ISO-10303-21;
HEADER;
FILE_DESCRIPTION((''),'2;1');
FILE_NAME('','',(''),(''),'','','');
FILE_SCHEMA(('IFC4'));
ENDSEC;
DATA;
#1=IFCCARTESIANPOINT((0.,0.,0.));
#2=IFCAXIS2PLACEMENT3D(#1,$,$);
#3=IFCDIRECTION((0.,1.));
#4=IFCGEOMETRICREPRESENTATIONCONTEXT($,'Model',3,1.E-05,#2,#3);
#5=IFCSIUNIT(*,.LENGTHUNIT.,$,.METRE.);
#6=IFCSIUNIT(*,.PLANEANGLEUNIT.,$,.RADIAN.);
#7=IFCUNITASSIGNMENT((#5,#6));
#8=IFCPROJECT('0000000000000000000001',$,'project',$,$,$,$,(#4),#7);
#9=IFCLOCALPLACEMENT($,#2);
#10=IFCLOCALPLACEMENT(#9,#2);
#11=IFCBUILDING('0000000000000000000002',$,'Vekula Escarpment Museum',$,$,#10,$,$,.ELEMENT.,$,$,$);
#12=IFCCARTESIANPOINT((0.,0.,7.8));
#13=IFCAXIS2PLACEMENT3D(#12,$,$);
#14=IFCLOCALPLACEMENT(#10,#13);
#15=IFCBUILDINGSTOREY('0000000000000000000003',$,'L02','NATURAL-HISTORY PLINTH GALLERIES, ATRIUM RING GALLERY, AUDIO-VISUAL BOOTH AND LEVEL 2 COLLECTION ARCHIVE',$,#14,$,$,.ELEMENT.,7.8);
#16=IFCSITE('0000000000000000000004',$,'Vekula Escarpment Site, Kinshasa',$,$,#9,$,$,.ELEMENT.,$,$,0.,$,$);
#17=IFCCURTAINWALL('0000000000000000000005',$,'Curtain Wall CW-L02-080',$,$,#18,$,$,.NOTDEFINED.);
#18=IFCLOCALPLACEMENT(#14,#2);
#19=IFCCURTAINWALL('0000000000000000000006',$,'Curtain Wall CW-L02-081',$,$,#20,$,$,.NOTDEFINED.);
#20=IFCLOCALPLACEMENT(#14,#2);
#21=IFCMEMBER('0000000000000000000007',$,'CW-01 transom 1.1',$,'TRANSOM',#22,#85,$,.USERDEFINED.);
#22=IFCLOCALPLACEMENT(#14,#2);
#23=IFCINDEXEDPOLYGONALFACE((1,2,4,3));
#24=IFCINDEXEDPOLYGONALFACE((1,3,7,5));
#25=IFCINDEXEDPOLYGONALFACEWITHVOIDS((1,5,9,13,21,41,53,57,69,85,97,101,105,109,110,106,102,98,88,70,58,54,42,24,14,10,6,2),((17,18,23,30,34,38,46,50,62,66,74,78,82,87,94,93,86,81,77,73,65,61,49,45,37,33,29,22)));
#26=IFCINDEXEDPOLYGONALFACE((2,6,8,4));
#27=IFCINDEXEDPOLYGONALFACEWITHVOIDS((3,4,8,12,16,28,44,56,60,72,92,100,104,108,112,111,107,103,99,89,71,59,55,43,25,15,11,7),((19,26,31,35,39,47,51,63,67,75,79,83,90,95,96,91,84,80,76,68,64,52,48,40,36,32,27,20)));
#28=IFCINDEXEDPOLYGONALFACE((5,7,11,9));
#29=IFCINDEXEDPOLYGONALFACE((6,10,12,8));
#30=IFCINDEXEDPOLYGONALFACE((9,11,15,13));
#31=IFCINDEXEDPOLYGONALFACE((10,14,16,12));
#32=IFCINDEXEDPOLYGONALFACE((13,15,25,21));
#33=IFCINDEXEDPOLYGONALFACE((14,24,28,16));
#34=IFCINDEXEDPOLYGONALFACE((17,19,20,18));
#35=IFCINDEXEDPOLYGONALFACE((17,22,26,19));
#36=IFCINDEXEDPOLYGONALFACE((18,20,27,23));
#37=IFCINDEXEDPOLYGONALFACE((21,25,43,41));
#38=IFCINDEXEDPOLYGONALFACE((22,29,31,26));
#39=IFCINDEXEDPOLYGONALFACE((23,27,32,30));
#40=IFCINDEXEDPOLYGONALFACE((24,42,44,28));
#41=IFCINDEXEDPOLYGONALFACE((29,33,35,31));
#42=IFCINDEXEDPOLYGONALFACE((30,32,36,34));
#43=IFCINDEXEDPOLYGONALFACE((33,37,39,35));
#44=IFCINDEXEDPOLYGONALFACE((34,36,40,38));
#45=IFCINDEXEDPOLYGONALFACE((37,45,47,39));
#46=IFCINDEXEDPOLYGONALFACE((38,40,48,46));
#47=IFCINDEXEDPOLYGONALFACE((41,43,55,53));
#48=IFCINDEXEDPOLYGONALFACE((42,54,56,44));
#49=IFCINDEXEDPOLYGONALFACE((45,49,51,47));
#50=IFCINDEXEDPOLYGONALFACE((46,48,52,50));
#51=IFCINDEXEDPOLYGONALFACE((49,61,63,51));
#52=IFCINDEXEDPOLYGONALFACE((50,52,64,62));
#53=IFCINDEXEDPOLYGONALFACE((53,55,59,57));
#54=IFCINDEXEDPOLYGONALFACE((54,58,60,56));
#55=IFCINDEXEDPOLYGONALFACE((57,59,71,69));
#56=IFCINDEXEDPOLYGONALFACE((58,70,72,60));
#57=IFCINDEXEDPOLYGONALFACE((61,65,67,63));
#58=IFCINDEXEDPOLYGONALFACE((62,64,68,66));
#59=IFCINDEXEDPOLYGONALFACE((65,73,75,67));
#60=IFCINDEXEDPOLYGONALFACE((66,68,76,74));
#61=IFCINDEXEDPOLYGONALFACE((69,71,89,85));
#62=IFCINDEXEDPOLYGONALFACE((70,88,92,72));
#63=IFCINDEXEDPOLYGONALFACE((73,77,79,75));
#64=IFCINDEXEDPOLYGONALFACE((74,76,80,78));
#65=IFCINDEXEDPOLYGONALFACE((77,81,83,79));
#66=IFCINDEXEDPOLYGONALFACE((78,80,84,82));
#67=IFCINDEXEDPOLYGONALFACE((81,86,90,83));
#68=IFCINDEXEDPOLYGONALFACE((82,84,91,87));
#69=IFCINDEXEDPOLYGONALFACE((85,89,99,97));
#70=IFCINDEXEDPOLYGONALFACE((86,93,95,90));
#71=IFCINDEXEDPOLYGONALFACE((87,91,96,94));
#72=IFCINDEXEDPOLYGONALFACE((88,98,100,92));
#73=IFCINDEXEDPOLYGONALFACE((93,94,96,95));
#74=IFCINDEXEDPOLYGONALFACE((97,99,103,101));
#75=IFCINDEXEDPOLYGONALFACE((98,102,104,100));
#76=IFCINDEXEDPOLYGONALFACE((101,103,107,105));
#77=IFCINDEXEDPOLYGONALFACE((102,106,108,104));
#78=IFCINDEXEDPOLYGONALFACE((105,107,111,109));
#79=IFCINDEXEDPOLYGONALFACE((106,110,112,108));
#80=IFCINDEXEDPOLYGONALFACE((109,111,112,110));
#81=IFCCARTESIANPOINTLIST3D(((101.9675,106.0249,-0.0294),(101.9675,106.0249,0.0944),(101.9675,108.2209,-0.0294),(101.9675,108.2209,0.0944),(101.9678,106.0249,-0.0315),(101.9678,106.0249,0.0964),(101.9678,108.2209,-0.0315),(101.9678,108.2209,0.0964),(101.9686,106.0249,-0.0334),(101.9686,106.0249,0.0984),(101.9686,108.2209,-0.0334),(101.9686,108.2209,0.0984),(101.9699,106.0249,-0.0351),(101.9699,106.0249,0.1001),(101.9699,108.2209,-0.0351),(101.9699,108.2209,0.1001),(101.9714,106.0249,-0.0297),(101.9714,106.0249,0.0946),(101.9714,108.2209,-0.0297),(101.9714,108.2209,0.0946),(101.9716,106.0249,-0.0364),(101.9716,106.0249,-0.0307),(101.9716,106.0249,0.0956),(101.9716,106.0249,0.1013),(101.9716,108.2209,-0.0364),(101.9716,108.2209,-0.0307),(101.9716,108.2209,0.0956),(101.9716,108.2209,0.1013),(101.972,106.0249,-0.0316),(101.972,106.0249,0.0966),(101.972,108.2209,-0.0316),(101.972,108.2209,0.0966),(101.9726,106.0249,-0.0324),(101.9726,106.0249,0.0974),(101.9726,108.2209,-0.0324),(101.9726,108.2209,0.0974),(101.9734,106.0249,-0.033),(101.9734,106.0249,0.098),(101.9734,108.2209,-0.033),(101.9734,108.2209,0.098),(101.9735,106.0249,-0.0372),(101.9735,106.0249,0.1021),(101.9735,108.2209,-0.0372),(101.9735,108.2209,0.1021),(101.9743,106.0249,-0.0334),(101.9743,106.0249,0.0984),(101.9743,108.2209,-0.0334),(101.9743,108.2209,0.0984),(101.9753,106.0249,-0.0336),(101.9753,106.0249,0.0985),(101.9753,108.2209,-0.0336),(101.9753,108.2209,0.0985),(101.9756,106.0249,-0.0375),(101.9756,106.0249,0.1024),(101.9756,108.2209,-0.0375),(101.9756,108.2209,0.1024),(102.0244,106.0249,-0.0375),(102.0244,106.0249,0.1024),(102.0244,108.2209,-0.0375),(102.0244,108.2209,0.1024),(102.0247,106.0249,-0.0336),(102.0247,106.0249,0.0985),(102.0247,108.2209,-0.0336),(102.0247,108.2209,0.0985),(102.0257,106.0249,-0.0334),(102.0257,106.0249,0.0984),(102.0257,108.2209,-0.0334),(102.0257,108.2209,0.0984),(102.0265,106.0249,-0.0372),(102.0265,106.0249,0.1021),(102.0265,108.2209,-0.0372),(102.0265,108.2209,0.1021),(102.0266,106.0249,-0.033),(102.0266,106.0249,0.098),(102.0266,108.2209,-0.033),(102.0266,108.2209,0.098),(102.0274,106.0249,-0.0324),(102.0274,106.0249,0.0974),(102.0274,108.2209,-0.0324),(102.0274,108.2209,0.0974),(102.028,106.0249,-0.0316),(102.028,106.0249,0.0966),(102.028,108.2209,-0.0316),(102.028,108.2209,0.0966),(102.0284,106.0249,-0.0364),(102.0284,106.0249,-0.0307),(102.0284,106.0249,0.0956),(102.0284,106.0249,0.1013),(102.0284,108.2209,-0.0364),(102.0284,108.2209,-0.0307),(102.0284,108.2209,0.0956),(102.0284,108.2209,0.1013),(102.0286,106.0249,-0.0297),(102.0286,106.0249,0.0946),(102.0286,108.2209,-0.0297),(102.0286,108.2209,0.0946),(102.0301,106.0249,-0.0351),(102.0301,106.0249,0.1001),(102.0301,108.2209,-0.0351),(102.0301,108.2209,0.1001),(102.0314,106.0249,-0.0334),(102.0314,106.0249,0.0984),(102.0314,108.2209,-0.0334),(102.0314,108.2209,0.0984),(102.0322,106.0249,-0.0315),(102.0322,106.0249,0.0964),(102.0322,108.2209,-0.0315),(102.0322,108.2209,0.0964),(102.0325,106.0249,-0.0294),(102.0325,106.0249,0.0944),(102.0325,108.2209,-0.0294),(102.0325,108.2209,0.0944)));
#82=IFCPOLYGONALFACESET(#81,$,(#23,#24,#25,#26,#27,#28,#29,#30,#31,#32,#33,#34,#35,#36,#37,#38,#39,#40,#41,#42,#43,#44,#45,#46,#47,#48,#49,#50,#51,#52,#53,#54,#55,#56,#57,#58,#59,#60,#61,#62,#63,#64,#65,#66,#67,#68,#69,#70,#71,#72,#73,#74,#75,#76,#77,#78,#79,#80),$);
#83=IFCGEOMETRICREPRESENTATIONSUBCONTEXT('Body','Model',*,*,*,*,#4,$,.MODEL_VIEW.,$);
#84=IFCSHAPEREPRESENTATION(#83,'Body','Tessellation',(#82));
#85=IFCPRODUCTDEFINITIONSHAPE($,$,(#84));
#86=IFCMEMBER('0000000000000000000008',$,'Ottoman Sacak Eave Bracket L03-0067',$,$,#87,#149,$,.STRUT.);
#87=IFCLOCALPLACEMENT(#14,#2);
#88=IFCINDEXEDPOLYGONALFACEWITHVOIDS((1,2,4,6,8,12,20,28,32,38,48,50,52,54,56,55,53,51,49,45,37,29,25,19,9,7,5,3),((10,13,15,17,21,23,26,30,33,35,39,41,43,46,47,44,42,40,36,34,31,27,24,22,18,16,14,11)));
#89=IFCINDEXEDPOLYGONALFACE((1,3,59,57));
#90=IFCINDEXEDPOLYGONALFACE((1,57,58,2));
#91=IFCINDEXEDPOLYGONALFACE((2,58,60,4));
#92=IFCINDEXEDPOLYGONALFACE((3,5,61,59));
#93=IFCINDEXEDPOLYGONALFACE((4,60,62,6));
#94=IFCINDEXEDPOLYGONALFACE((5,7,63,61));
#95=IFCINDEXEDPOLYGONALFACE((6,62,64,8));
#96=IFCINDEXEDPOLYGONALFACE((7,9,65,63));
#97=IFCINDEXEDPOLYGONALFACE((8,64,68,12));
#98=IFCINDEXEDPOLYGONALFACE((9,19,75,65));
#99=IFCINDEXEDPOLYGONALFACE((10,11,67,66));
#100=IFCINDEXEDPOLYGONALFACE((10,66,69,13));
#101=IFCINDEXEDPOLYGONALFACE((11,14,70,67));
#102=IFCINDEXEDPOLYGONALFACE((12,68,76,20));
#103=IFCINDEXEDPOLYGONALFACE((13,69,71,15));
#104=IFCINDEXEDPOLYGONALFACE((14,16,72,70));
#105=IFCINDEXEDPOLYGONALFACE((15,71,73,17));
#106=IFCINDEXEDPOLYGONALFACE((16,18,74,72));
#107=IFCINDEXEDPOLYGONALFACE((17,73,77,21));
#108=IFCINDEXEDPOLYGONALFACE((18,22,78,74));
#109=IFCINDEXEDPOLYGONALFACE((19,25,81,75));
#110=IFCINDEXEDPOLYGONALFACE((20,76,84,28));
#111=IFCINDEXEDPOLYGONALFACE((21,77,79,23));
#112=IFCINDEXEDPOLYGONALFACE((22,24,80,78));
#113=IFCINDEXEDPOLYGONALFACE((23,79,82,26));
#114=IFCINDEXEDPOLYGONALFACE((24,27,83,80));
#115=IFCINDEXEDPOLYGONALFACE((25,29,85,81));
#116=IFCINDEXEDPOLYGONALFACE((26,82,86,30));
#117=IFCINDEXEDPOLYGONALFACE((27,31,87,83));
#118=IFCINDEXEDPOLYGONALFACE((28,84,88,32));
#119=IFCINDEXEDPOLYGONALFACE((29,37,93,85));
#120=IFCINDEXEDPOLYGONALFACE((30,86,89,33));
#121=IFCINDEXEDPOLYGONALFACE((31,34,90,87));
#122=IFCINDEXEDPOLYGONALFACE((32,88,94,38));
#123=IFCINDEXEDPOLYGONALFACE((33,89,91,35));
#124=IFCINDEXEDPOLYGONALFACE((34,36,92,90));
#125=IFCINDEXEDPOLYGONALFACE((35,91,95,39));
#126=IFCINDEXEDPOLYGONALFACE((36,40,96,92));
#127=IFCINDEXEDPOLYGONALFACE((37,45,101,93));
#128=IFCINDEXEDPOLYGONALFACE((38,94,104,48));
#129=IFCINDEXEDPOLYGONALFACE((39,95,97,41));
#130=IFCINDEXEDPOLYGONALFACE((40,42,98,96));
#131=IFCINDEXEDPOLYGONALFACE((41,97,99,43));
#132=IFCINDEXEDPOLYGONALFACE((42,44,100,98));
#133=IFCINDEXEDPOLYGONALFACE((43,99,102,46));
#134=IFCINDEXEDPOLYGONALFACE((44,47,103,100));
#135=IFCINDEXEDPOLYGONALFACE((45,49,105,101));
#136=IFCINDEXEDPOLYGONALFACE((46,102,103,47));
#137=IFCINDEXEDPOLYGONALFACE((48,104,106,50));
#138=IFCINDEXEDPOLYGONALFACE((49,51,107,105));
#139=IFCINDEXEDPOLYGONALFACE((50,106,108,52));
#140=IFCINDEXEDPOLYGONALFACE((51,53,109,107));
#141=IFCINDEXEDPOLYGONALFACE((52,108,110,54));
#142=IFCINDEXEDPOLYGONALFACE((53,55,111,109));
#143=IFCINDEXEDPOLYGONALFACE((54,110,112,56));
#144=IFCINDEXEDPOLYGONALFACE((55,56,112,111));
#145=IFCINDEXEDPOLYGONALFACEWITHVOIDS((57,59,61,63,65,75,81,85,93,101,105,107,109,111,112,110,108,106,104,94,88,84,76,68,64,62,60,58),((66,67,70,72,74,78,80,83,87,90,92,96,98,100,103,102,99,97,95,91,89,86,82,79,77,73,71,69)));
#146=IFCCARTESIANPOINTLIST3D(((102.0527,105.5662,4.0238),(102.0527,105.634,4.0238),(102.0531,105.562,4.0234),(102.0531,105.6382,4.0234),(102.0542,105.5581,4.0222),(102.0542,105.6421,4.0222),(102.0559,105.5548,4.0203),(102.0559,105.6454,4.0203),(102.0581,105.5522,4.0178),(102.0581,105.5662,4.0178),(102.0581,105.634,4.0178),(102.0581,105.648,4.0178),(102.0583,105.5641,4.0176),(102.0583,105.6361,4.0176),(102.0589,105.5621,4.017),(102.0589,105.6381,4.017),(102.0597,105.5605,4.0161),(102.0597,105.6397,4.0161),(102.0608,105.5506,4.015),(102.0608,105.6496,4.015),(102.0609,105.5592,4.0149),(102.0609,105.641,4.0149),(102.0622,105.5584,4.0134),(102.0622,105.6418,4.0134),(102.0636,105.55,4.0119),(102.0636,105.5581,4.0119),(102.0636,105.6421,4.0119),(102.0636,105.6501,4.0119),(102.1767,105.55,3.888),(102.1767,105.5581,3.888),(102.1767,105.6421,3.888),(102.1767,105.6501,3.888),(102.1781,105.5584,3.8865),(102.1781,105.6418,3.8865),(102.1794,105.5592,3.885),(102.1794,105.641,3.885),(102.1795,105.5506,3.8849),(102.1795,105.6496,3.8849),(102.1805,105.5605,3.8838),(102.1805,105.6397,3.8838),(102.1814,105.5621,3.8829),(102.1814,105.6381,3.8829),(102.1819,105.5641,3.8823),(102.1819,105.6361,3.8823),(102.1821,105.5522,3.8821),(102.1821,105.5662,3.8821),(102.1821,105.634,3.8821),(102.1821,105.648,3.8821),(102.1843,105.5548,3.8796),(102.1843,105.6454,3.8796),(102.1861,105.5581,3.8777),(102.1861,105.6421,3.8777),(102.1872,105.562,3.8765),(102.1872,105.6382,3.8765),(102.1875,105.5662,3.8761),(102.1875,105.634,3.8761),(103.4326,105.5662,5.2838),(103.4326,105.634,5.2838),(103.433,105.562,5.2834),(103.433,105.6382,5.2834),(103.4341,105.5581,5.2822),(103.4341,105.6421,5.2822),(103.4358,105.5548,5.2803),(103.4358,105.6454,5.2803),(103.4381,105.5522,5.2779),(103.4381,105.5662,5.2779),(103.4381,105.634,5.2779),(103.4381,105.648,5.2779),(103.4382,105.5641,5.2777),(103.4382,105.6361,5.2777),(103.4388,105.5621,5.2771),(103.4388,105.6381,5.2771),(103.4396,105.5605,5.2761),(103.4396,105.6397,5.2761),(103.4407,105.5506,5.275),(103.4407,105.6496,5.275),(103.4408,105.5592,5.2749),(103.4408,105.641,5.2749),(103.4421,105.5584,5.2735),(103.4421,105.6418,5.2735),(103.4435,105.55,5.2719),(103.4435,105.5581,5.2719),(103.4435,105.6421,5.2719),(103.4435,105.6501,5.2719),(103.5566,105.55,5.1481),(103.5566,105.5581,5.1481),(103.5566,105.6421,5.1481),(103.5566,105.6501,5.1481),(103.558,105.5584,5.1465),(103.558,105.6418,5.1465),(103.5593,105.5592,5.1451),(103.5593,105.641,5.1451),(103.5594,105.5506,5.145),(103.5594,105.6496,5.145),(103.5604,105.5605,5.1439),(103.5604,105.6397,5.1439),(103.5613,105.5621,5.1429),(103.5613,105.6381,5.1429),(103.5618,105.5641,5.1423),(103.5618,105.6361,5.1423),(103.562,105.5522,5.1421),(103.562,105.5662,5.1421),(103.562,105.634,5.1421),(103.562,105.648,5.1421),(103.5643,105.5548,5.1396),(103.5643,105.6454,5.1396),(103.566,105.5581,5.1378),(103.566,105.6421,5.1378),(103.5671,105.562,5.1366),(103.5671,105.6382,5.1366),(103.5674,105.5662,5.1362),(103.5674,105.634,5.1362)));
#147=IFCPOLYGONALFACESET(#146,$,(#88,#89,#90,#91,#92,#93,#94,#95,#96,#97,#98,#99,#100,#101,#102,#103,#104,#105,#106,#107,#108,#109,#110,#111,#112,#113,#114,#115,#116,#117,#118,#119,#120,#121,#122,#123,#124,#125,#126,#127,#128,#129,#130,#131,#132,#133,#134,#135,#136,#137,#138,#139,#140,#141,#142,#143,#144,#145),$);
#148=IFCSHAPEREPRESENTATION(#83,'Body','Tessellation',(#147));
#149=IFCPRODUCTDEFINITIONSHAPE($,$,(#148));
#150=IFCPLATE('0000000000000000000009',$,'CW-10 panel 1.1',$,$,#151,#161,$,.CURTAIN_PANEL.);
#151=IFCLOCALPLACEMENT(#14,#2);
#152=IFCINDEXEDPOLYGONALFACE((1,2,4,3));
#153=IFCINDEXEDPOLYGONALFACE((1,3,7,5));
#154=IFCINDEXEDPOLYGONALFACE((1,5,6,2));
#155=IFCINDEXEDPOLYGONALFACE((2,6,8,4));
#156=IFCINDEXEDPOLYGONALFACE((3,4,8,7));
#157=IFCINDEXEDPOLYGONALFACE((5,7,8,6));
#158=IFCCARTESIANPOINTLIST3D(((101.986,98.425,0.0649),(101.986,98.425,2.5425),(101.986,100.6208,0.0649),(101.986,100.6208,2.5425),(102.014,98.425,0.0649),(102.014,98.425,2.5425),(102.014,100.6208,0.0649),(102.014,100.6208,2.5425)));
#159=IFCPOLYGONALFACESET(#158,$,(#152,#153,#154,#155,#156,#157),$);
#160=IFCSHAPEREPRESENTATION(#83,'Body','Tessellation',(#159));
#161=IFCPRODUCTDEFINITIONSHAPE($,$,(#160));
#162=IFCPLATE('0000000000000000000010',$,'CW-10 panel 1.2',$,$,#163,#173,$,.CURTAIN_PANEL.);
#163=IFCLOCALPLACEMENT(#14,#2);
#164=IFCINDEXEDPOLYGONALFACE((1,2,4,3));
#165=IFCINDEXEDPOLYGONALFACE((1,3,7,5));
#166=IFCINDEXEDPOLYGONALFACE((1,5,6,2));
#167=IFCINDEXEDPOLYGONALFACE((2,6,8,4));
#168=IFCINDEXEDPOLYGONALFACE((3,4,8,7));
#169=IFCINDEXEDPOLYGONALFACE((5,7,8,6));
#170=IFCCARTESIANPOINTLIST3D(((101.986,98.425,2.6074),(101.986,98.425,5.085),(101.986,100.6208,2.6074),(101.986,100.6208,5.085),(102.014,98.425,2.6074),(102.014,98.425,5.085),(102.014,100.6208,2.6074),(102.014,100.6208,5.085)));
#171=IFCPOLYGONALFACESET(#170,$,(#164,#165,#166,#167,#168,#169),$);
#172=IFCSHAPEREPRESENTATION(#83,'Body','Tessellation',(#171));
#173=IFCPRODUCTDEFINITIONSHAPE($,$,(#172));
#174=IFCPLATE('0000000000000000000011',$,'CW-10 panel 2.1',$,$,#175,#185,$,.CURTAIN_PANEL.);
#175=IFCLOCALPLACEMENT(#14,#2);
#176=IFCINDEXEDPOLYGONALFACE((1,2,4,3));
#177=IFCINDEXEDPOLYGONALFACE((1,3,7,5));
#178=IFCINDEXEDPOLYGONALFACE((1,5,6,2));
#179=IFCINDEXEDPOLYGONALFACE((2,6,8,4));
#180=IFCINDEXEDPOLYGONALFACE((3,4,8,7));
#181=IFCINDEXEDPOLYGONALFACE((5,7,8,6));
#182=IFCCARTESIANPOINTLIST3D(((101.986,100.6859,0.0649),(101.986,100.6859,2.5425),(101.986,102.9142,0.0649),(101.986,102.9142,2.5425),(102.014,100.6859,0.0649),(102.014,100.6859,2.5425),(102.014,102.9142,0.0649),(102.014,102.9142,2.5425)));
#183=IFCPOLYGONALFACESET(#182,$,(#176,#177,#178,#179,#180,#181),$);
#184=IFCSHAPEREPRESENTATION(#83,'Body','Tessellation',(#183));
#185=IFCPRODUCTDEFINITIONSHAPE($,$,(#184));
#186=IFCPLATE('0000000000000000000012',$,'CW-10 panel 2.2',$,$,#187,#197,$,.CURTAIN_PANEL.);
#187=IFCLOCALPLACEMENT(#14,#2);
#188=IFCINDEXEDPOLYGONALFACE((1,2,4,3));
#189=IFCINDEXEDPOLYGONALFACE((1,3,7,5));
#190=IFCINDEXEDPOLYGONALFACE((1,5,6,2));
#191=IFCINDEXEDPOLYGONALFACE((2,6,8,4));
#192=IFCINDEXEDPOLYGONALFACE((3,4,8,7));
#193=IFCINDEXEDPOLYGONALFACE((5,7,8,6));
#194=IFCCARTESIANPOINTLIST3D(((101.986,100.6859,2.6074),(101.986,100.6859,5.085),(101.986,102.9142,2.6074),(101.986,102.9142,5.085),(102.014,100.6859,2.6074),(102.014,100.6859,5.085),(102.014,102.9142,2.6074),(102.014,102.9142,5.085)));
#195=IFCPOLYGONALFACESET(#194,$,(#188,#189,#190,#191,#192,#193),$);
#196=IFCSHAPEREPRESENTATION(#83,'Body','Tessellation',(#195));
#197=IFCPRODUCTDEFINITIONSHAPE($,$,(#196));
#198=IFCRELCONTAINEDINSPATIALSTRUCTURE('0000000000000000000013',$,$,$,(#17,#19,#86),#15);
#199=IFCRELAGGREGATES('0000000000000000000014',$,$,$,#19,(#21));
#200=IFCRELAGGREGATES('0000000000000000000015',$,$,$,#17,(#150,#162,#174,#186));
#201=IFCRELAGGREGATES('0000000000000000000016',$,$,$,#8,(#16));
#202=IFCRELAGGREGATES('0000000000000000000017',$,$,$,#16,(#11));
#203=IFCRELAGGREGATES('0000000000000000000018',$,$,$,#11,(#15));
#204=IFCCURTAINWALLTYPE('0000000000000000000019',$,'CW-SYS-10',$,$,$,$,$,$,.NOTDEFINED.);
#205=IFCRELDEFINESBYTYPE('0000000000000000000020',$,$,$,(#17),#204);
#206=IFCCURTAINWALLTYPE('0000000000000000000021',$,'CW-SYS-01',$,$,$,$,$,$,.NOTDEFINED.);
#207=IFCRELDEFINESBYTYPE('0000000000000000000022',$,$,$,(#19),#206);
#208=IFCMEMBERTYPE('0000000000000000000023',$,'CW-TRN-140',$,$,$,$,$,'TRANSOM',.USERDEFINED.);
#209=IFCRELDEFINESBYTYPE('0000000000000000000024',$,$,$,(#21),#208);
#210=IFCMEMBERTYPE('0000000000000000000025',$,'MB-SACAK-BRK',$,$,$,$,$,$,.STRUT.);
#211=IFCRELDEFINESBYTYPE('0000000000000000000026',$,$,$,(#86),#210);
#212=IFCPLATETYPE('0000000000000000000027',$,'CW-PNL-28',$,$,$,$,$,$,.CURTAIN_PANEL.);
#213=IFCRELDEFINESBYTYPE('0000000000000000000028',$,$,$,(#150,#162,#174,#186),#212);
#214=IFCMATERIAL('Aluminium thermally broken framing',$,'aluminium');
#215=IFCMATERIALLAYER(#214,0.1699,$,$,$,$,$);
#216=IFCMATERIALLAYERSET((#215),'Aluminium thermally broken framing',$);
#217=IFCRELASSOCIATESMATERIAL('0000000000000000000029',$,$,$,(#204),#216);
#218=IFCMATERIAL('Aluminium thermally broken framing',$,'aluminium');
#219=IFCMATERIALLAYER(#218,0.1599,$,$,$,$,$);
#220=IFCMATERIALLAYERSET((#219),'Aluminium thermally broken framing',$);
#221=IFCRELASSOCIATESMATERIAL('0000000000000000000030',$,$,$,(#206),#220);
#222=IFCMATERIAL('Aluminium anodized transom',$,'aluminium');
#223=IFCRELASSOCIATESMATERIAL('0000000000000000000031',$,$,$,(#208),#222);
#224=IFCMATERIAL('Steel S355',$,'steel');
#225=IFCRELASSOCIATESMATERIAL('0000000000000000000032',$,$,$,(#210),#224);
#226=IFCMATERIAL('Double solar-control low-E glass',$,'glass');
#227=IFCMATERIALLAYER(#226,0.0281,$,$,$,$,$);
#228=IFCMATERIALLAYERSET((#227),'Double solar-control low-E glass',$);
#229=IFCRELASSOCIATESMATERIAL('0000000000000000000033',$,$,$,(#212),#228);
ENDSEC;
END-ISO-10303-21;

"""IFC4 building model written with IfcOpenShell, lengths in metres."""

from ifc_helpers import new_model, si_unit, direction, frame, origin, origin_2d, place, context, subcontext, project, spatial, rectangle, hollow_rectangle, extrude, material, layer, layer_set, material_profile, profile_set, type_object, element, aggregate, save


model = new_model("IFC4")

# Units and contexts
model_context = context("Model", 3, precision=1e-05, world=origin(), true_north=direction((0.0, 1.0)))
body_context = subcontext(model_context, "Body", "Model", "MODEL_VIEW")
ifc_project = project(units=[si_unit("LENGTHUNIT", "METRE"), si_unit("PLANEANGLEUNIT", "RADIAN")], contexts=[model_context])

# Site, building, storey
site_placement = place(None, origin())
site = spatial("IfcSite", under=ifc_project, at=site_placement, Name="Vekula Escarpment Site, Kinshasa", CompositionType="ELEMENT", RefElevation=0.0)
building_placement = place(site_placement, origin())
building = spatial("IfcBuilding", under=site, at=building_placement, Name="Vekula Escarpment Museum", CompositionType="ELEMENT")
storey_placement = place(building_placement, frame((0.0, 0.0, 7.8)))
storey = spatial("IfcBuildingStorey", under=building, at=storey_placement, Name="L02", Description="NATURAL-HISTORY PLINTH GALLERIES, ATRIUM RING GALLERY, AUDIO-VISUAL BOOTH AND LEVEL 2 COLLECTION ARCHIVE", CompositionType="ELEMENT", Elevation=7.8)

# Curtain wall
ifc_material_1 = material(Name="Aluminium thermally broken framing", Category="aluminium")
ifc_layer_1 = layer(ifc_material_1, 0.1699)
ifc_layer_set_1 = layer_set([ifc_layer_1], Name="Aluminium thermally broken framing")
curtain_wall_type_1 = type_object("IfcCurtainWallType", Name="CW-SYS-10", PredefinedType="NOTDEFINED", material=ifc_layer_set_1)
curtain_wall_1_placement = place(storey_placement, origin())
curtain_wall_1 = element("IfcCurtainWall", 1, at=curtain_wall_1_placement, inside=storey, type_object=curtain_wall_type_1, Name="Curtain Wall CW-L02-080", PredefinedType="NOTDEFINED")

# Curtain wall
ifc_material_2 = material(Name="Aluminium thermally broken framing", Category="aluminium")
ifc_layer_2 = layer(ifc_material_2, 0.1599)
ifc_layer_set_2 = layer_set([ifc_layer_2], Name="Aluminium thermally broken framing")
curtain_wall_type_2 = type_object("IfcCurtainWallType", Name="CW-SYS-01", PredefinedType="NOTDEFINED", material=ifc_layer_set_2)
curtain_wall_2_placement = place(storey_placement, origin())
curtain_wall_2 = element("IfcCurtainWall", 2, at=curtain_wall_2_placement, inside=storey, type_object=curtain_wall_type_2, Name="Curtain Wall CW-L02-081", PredefinedType="NOTDEFINED")

# Members
ifc_material_3 = material(Name="Aluminium anodized transom", Category="aluminium")
ifc_material_profile_1 = material_profile(ifc_material_3, hollow_rectangle(XDim=0.0649, YDim=0.1399, WallThickness=0.0039, InnerFilletRadius=0.0039, OuterFilletRadius=0.0081, at=origin_2d()), Name="ALU 140x65x4")
ifc_profile_set_1 = profile_set([ifc_material_profile_1], Name="Aluminium anodized transom")
member_type_1 = type_object("IfcMemberType", Name="CW-TRN-140", ElementType="TRANSOM", PredefinedType="USERDEFINED", material=ifc_profile_set_1)
member_1_placement = place(storey_placement, frame((102.0, 106.0249, 0.0325), z_axis=(0.0, 1.0, 0.0), x_axis=(-1.0, 0.0, 0.0)))
member_1 = element("IfcMember", 3, at=member_1_placement, type_object=member_type_1, Name="CW-01 transom 1.1", ObjectType="TRANSOM", PredefinedType="USERDEFINED", context=body_context, shape_type="SweptSolid", body=[
    extrude(hollow_rectangle(XDim=0.0649, YDim=0.1399, WallThickness=0.0039, InnerFilletRadius=0.0039, OuterFilletRadius=0.0081, at=origin_2d()), origin(), (0.0, 0.0, 1.0), 2.196),
])
aggregate(curtain_wall_2, [member_1])
ifc_material_4 = material(Name="Steel S355", Category="steel")
ifc_material_profile_2 = material_profile(ifc_material_4, hollow_rectangle(XDim=0.1001, YDim=0.2, WallThickness=0.0081, InnerFilletRadius=0.0081, OuterFilletRadius=0.0161, at=origin_2d()), Name="RHS 200x100x8")
ifc_profile_set_2 = profile_set([ifc_material_profile_2], Name="Steel S355")
member_type_2 = type_object("IfcMemberType", Name="MB-SACAK-BRK", PredefinedType="STRUT", material=ifc_profile_set_2)
member_2_placement = place(storey_placement, frame((102.1201, 105.6001, 3.95), z_axis=(0.738454, 0.0, 0.674303), x_axis=(0.0, 1.0, 0.0)))
element("IfcMember", 4, at=member_2_placement, inside=storey, type_object=member_type_2, Name="Ottoman Sacak Eave Bracket L03-0067", PredefinedType="STRUT", context=body_context, shape_type="SweptSolid", body=[
    extrude(hollow_rectangle(XDim=0.1001, YDim=0.2, WallThickness=0.0081, InnerFilletRadius=0.0081, OuterFilletRadius=0.0161, at=origin_2d()), origin(), (0.0, 0.0, 1.0), 1.8687),
])

# Plates
ifc_material_5 = material(Name="Double solar-control low-E glass", Category="glass")
ifc_layer_3 = layer(ifc_material_5, 0.0281)
ifc_layer_set_3 = layer_set([ifc_layer_3], Name="Double solar-control low-E glass")
plate_type_1 = type_object("IfcPlateType", Name="CW-PNL-28", PredefinedType="CURTAIN_PANEL", material=ifc_layer_set_3)
plate_1_placement = place(storey_placement, frame((102.0, 99.5229, 0.0649), z_axis=(0.0, 0.0, 1.0), x_axis=(0.0, 1.0, 0.0)))
plate_1 = element("IfcPlate", 5, at=plate_1_placement, type_object=plate_type_1, Name="CW-10 panel 1.1", PredefinedType="CURTAIN_PANEL", context=body_context, shape_type="SweptSolid", body=[
    extrude(rectangle(XDim=2.1958, YDim=0.0281, at=origin_2d()), origin(), (0.0, 0.0, 1.0), 2.4775),
])
plate_2_placement = place(storey_placement, frame((102.0, 99.5229, 2.6074), z_axis=(0.0, 0.0, 1.0), x_axis=(0.0, 1.0, 0.0)))
plate_2 = element("IfcPlate", 6, at=plate_2_placement, type_object=plate_type_1, Name="CW-10 panel 1.2", PredefinedType="CURTAIN_PANEL", context=body_context, shape_type="SweptSolid", body=[
    extrude(rectangle(XDim=2.1958, YDim=0.0281, at=origin_2d()), origin(), (0.0, 0.0, 1.0), 2.4775),
])
plate_3_placement = place(storey_placement, frame((102.0, 101.8, 0.0649), z_axis=(0.0, 0.0, 1.0), x_axis=(0.0, 1.0, 0.0)))
plate_3 = element("IfcPlate", 7, at=plate_3_placement, type_object=plate_type_1, Name="CW-10 panel 2.1", PredefinedType="CURTAIN_PANEL", context=body_context, shape_type="SweptSolid", body=[
    extrude(rectangle(XDim=2.2283, YDim=0.0281, at=origin_2d()), origin(), (0.0, 0.0, 1.0), 2.4775),
])
plate_4_placement = place(storey_placement, frame((102.0, 101.8, 2.6074), z_axis=(0.0, 0.0, 1.0), x_axis=(0.0, 1.0, 0.0)))
plate_4 = element("IfcPlate", 8, at=plate_4_placement, type_object=plate_type_1, Name="CW-10 panel 2.2", PredefinedType="CURTAIN_PANEL", context=body_context, shape_type="SweptSolid", body=[
    extrude(rectangle(XDim=2.2283, YDim=0.0281, at=origin_2d()), origin(), (0.0, 0.0, 1.0), 2.4775),
])
aggregate(curtain_wall_1, [plate_1, plate_2, plate_3, plate_4])

save(model, "model.ifc")
